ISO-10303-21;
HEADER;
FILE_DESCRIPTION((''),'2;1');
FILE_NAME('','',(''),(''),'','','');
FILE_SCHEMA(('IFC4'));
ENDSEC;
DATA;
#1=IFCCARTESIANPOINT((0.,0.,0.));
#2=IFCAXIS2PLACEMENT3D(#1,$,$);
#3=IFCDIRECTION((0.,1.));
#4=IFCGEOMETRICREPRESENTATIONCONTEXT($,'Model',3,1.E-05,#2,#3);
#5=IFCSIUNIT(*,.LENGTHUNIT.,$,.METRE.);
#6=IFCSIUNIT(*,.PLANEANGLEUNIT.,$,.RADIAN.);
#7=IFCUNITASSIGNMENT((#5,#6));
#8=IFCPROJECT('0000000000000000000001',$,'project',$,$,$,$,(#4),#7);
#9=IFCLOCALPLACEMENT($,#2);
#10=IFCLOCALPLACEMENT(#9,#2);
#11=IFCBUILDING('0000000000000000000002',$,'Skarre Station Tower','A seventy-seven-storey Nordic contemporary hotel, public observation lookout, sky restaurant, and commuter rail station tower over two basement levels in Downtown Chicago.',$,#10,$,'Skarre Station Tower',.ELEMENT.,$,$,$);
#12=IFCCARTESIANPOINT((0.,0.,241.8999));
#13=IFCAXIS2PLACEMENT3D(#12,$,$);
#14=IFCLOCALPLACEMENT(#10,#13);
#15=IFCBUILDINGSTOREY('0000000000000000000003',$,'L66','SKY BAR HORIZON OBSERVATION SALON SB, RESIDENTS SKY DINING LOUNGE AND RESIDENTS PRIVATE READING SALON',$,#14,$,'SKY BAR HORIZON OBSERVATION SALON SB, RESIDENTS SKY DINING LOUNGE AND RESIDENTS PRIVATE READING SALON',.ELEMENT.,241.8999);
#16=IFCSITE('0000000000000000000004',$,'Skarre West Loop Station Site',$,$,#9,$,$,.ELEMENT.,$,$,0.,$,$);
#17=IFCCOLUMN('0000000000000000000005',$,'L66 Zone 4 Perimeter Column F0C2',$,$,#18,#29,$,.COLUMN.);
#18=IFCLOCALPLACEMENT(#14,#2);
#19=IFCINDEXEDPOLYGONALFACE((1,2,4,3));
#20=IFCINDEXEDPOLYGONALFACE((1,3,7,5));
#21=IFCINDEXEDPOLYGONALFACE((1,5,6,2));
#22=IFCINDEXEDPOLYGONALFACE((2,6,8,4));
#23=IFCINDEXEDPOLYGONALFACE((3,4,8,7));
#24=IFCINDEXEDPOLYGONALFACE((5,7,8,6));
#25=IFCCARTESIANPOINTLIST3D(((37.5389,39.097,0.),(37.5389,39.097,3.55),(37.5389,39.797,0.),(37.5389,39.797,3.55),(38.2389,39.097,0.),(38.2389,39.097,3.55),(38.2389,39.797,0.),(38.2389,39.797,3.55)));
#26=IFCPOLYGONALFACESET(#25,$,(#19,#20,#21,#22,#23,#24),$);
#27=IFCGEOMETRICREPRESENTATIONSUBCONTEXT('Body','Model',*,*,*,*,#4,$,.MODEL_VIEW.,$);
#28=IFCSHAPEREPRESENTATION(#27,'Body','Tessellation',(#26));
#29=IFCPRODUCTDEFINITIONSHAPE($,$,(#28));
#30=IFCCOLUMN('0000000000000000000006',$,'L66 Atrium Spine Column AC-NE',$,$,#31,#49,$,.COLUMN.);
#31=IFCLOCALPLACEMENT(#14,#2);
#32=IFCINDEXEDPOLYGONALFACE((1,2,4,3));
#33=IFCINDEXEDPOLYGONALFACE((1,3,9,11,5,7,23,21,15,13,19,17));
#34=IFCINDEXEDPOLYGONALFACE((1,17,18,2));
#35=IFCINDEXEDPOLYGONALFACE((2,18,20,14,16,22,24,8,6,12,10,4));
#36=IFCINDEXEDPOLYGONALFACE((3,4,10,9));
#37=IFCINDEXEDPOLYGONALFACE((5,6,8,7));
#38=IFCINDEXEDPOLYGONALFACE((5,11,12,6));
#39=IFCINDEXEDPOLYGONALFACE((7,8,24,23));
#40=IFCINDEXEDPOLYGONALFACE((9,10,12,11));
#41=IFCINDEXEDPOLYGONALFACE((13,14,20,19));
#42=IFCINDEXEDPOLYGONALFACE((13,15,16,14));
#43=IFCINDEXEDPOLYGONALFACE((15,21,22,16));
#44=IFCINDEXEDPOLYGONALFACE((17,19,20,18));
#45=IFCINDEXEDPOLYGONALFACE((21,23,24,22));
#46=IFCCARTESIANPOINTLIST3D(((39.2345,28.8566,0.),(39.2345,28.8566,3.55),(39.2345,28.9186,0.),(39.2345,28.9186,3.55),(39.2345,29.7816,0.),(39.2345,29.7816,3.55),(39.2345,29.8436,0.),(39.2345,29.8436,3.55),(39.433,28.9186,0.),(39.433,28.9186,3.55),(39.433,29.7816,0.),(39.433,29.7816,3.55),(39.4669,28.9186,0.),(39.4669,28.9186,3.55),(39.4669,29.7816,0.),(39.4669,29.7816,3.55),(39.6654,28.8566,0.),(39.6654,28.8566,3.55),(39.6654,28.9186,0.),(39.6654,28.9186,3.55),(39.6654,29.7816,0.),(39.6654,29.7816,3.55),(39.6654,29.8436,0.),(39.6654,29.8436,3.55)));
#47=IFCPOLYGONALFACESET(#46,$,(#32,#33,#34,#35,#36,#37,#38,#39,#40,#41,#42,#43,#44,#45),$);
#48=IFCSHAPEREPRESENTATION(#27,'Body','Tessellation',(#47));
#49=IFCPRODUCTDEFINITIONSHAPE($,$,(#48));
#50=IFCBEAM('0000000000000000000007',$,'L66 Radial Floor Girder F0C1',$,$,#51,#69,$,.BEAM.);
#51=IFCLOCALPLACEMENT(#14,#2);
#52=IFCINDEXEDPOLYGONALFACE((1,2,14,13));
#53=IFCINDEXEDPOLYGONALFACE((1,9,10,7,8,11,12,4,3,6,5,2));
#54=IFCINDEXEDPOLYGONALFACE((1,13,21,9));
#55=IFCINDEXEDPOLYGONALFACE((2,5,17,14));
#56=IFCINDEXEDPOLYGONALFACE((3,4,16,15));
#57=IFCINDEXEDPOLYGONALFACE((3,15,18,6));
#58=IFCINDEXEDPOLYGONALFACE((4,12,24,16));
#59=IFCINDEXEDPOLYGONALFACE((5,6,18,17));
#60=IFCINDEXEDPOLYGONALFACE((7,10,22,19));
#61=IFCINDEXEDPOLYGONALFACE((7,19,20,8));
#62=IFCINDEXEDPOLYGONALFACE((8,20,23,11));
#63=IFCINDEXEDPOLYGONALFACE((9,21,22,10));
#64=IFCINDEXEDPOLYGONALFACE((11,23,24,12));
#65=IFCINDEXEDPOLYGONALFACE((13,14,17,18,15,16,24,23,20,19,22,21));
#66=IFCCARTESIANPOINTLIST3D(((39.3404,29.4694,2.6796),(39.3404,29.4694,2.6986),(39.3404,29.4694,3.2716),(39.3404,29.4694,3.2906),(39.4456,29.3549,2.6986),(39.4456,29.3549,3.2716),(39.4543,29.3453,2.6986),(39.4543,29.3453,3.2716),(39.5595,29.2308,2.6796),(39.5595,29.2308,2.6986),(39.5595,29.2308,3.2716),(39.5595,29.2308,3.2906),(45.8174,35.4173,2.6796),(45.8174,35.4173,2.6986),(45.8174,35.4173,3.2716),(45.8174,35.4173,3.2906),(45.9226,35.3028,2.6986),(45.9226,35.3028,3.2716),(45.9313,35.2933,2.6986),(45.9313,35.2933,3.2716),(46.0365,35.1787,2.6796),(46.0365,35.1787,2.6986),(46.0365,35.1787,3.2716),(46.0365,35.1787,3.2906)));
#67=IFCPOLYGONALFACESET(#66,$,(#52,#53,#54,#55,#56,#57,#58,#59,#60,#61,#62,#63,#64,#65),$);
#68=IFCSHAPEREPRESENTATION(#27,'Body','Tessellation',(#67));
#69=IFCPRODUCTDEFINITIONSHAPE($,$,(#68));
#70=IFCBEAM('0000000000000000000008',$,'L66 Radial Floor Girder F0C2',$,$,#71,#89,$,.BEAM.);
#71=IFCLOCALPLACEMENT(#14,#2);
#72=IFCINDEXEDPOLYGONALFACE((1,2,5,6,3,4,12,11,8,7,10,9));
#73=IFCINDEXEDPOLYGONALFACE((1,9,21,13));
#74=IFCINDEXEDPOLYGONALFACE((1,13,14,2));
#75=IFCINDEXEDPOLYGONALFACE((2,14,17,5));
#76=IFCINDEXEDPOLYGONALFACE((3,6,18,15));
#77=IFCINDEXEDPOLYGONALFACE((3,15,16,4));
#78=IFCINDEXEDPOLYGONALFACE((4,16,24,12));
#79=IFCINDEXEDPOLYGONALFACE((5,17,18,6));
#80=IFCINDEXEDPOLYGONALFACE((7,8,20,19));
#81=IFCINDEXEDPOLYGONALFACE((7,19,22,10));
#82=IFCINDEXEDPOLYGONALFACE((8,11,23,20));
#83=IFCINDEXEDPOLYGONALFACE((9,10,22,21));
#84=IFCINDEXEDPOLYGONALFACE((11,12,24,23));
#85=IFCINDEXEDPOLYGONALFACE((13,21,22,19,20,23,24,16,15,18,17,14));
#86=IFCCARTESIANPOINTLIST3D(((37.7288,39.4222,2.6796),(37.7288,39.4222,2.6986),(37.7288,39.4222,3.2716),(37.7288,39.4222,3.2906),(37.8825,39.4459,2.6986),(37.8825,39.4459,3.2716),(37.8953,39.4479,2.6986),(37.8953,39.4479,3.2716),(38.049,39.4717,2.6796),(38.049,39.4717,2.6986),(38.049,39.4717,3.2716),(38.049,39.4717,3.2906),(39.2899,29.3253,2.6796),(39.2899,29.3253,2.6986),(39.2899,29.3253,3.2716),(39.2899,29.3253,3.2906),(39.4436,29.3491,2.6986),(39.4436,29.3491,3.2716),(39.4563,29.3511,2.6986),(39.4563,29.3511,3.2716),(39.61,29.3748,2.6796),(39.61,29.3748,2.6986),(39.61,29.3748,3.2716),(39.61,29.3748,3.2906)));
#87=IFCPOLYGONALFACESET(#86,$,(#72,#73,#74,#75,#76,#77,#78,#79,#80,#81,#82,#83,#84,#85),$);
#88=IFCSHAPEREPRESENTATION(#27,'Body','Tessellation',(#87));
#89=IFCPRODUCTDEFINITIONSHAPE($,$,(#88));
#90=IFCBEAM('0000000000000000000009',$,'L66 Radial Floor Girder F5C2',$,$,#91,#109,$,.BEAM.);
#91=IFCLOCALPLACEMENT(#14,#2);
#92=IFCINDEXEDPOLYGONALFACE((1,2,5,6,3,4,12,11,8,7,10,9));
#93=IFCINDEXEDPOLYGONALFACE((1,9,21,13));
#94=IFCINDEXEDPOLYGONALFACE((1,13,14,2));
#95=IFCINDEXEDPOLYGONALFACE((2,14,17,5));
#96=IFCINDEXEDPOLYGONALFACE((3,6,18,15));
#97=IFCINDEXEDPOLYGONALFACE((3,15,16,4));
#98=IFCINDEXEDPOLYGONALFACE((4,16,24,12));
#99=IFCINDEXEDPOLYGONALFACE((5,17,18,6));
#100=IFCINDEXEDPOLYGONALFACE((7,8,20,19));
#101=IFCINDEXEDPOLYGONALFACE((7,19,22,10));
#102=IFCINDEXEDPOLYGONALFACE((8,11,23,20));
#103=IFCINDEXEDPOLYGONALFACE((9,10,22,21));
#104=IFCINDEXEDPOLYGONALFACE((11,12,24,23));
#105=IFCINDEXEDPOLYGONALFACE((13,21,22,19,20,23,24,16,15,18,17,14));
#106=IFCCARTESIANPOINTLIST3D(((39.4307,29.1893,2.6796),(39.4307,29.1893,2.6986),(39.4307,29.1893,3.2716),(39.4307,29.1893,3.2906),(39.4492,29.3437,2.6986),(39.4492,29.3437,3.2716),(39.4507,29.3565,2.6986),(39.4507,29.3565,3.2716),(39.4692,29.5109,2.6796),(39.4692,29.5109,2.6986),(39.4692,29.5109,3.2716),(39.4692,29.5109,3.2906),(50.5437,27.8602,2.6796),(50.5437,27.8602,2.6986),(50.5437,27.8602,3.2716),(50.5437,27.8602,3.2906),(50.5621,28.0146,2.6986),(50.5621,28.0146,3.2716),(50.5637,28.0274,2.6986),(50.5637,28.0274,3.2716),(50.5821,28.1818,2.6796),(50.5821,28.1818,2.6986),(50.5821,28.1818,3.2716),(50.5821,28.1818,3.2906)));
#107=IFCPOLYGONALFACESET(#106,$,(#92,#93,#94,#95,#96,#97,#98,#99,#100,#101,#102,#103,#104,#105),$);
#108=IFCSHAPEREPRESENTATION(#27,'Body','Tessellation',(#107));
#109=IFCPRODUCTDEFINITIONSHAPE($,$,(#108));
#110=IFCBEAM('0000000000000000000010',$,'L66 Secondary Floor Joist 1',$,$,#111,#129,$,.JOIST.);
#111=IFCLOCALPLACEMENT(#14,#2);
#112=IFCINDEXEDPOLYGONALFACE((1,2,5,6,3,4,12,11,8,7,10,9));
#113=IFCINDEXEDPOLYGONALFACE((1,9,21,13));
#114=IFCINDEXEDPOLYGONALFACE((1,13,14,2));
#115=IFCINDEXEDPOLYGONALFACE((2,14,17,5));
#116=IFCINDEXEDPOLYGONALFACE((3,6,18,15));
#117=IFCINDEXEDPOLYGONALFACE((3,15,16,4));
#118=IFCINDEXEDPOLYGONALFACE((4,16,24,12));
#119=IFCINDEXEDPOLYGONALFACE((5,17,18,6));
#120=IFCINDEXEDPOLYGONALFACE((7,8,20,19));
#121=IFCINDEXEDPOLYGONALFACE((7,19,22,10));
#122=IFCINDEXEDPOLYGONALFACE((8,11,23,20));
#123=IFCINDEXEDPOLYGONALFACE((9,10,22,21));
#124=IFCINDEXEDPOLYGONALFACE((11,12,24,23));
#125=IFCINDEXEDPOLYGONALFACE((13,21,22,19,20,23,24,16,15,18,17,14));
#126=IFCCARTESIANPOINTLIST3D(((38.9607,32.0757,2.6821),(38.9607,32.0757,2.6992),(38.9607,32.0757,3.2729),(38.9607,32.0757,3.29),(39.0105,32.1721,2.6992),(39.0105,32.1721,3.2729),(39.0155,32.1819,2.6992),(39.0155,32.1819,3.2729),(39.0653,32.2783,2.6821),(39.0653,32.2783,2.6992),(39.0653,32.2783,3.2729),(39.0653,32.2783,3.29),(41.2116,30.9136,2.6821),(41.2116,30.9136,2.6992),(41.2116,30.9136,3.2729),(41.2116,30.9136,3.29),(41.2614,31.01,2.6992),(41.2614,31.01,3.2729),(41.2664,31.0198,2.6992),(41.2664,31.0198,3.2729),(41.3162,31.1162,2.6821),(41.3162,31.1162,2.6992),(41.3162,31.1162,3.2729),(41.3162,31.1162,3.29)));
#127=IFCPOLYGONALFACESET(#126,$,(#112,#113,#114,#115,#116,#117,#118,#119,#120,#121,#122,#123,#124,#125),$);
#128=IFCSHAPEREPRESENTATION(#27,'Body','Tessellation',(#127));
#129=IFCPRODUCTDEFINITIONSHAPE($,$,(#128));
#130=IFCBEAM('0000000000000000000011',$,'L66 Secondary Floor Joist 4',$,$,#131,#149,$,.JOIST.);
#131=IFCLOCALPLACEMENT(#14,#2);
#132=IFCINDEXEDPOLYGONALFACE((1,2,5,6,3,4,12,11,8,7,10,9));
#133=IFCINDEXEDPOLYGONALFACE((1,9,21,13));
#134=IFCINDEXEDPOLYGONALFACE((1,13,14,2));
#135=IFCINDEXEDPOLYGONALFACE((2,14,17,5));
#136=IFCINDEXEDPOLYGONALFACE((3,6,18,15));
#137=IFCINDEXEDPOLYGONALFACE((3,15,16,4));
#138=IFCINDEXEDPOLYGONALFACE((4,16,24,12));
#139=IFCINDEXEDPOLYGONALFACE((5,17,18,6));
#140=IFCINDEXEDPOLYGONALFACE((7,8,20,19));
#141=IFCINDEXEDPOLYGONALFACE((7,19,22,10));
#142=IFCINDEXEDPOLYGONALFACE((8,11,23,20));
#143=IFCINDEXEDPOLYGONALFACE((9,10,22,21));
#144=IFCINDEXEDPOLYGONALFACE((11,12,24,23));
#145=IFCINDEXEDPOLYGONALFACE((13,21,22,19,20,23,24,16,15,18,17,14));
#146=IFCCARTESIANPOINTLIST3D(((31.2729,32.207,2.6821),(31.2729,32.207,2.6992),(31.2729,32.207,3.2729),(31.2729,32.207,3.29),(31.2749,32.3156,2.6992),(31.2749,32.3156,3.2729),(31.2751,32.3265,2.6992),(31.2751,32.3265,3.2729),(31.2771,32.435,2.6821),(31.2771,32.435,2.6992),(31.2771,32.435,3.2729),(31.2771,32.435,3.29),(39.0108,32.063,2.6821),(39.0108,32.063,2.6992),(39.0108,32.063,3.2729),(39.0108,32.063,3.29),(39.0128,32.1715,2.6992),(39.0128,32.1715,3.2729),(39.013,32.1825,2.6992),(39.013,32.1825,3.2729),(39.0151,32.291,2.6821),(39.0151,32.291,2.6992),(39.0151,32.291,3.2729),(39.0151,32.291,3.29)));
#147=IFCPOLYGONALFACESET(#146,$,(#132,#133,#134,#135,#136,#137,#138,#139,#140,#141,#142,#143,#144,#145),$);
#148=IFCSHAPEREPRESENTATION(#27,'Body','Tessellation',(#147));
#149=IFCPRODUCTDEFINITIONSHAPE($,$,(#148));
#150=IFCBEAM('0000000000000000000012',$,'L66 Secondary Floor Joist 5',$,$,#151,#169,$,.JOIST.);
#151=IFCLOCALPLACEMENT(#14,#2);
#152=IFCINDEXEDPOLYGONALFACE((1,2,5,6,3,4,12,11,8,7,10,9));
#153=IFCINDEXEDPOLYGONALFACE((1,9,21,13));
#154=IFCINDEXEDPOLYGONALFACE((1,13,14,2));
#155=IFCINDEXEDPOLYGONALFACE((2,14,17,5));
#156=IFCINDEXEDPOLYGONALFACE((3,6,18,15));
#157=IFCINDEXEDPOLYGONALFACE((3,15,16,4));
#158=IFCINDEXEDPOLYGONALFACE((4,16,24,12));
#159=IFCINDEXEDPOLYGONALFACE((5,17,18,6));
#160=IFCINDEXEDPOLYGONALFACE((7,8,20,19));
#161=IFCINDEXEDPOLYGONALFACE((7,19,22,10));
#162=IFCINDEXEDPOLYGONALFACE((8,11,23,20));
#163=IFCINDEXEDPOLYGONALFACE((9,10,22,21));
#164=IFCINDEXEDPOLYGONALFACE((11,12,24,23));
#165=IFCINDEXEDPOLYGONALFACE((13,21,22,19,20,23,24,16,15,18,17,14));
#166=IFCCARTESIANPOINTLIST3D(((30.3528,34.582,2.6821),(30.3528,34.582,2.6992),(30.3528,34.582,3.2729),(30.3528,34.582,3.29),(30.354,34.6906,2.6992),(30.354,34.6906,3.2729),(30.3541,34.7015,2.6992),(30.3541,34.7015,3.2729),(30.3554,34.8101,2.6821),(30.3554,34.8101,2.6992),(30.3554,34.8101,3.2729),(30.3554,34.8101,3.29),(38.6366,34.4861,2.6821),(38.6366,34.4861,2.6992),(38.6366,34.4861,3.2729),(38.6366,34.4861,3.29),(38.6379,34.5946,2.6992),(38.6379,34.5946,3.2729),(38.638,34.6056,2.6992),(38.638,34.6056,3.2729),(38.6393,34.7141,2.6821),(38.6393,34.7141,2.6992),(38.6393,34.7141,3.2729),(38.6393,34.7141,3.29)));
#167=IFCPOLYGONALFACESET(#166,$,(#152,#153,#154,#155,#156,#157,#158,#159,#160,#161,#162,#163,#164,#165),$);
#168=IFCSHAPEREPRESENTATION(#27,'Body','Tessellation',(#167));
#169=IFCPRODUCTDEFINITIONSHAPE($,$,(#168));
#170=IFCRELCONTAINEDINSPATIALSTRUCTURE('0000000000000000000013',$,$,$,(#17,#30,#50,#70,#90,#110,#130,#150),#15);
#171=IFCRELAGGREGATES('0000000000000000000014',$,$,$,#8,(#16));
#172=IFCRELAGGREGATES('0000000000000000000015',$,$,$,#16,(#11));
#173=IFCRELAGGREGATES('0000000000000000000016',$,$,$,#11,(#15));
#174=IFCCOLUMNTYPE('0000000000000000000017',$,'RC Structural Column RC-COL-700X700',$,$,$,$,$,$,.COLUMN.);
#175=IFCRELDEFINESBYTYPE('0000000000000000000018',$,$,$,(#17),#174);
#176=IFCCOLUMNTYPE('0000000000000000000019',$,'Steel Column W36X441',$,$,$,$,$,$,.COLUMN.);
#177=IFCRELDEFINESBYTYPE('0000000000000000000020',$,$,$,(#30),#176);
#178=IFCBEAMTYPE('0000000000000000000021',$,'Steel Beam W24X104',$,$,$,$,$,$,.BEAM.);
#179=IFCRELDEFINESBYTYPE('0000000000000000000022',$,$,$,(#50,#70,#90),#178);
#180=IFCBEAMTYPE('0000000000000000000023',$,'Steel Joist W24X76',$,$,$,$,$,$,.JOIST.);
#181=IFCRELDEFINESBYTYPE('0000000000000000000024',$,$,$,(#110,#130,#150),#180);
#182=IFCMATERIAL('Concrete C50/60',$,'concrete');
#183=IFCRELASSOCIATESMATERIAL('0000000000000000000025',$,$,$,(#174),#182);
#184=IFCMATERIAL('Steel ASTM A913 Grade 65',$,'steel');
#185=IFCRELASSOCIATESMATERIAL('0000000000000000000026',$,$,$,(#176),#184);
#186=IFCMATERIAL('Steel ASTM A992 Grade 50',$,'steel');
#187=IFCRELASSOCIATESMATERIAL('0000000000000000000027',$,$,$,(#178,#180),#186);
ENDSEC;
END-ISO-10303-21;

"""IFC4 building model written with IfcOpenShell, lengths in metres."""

from ifc_helpers import new_model, si_unit, direction, frame, origin, origin_2d, place, context, subcontext, project, spatial, rectangle, i_section, extrude, material, material_profile, profile_set, type_object, element, save


model = new_model("IFC4")

# Units and contexts
model_context = context("Model", 3, precision=1e-05, world=origin(), true_north=direction((0.0, 1.0)))
body_context = subcontext(model_context, "Body", "Model", "MODEL_VIEW")
ifc_project = project(units=[si_unit("LENGTHUNIT", "METRE"), si_unit("PLANEANGLEUNIT", "RADIAN")], contexts=[model_context])

# Site, building, storey
site_placement = place(None, origin())
site = spatial("IfcSite", under=ifc_project, at=site_placement, Name="Skarre West Loop Station Site", CompositionType="ELEMENT", RefElevation=0.0)
building_placement = place(site_placement, origin())
building = spatial("IfcBuilding", under=site, at=building_placement, Name="Skarre Station Tower", Description="A seventy-seven-storey Nordic contemporary hotel, public observation lookout, sky restaurant, and commuter rail station tower over two basement levels in Downtown Chicago.", LongName="Skarre Station Tower", CompositionType="ELEMENT")
storey_placement = place(building_placement, frame((0.0, 0.0, 241.8999)))
storey = spatial("IfcBuildingStorey", under=building, at=storey_placement, Name="L66", Description="SKY BAR HORIZON OBSERVATION SALON SB, RESIDENTS SKY DINING LOUNGE AND RESIDENTS PRIVATE READING SALON", LongName="SKY BAR HORIZON OBSERVATION SALON SB, RESIDENTS SKY DINING LOUNGE AND RESIDENTS PRIVATE READING SALON", CompositionType="ELEMENT", Elevation=241.8999)

# Columns
ifc_material_1 = material(Name="Concrete C50/60", Category="concrete")
ifc_material_profile_1 = material_profile(ifc_material_1, rectangle(XDim=0.7, YDim=0.7, at=origin_2d()), Name="Concrete C50/60")
ifc_profile_set_1 = profile_set([ifc_material_profile_1], Name="Concrete C50/60")
column_type_1 = type_object("IfcColumnType", Name="RC Structural Column RC-COL-700X700", PredefinedType="COLUMN", material=ifc_profile_set_1)
column_1_placement = place(storey_placement, frame((37.8889, 39.447, 0.0), z_axis=(0.0, 0.0, 1.0), x_axis=(1.0, 0.0, 0.0)))
element("IfcColumn", 1, at=column_1_placement, inside=storey, type_object=column_type_1, Name="L66 Zone 4 Perimeter Column F0C2", PredefinedType="COLUMN", context=body_context, shape_type="SweptSolid", body=[
    extrude(rectangle(XDim=0.7, YDim=0.7, at=origin_2d()), origin(), (0.0, 0.0, 1.0), 3.55),
])
ifc_material_2 = material(Name="Steel ASTM A913 Grade 65", Category="steel")
ifc_material_profile_2 = material_profile(ifc_material_2, i_section(OverallWidth=0.4309, OverallDepth=0.9871, WebThickness=0.0339, FlangeThickness=0.062, at=origin_2d()), Name="Steel ASTM A913 Grade 65")
ifc_profile_set_2 = profile_set([ifc_material_profile_2], Name="Steel ASTM A913 Grade 65")
column_type_2 = type_object("IfcColumnType", Name="Steel Column W36X441", PredefinedType="COLUMN", material=ifc_profile_set_2)
column_2_placement = place(storey_placement, frame((39.45, 29.3501, 0.0), z_axis=(0.0, 0.0, 1.0), x_axis=(1.0, 0.0, 0.0)))
element("IfcColumn", 2, at=column_2_placement, inside=storey, type_object=column_type_2, Name="L66 Atrium Spine Column AC-NE", PredefinedType="COLUMN", context=body_context, shape_type="SweptSolid", body=[
    extrude(i_section(OverallWidth=0.4309, OverallDepth=0.9871, WebThickness=0.0339, FlangeThickness=0.062, at=origin_2d()), origin(), (0.0, 0.0, 1.0), 3.55),
])

# Beams
ifc_material_3 = material(Name="Steel ASTM A992 Grade 50", Category="steel")
ifc_material_profile_3 = material_profile(ifc_material_3, i_section(OverallWidth=0.324, OverallDepth=0.6111, WebThickness=0.0129, FlangeThickness=0.019, at=origin_2d()), Name="Steel ASTM A992 Grade 50")
ifc_profile_set_3 = profile_set([ifc_material_profile_3], Name="Steel ASTM A992 Grade 50")
beam_type_1 = type_object("IfcBeamType", Name="Steel Beam W24X104", PredefinedType="BEAM", material=ifc_profile_set_3)
beam_1_placement = place(storey_placement, frame((39.45, 29.3501, 2.9851), z_axis=(0.736548, 0.676386, 0.0), x_axis=(-0.676386, 0.736548, 0.0)))
element("IfcBeam", 3, at=beam_1_placement, inside=storey, type_object=beam_type_1, Name="L66 Radial Floor Girder F0C1", PredefinedType="BEAM", context=body_context, shape_type="SweptSolid", body=[
    extrude(i_section(OverallWidth=0.324, OverallDepth=0.6111, WebThickness=0.0129, FlangeThickness=0.019, at=origin_2d()), origin(), (0.0, 0.0, 1.0), 8.7937),
])
beam_2_placement = place(storey_placement, frame((39.45, 29.3501, 2.9851), z_axis=(-0.15279, 0.988259, 0.0), x_axis=(-0.988259, -0.15279, 0.0)))
element("IfcBeam", 4, at=beam_2_placement, inside=storey, type_object=beam_type_1, Name="L66 Radial Floor Girder F0C2", PredefinedType="BEAM", context=body_context, shape_type="SweptSolid", body=[
    extrude(i_section(OverallWidth=0.324, OverallDepth=0.6111, WebThickness=0.0129, FlangeThickness=0.019, at=origin_2d()), origin(), (0.0, 0.0, 1.0), 10.2168),
])
beam_3_placement = place(storey_placement, frame((39.45, 29.3501, 2.9851), z_axis=(0.992924, -0.118752, 0.0), x_axis=(0.118752, 0.992924, 0.0)))
element("IfcBeam", 5, at=beam_3_placement, inside=storey, type_object=beam_type_1, Name="L66 Radial Floor Girder F5C2", PredefinedType="BEAM", context=body_context, shape_type="SweptSolid", body=[
    extrude(i_section(OverallWidth=0.324, OverallDepth=0.6111, WebThickness=0.0129, FlangeThickness=0.019, at=origin_2d()), origin(), (0.0, 0.0, 1.0), 11.1921),
])
ifc_material_profile_4 = material_profile(ifc_material_3, i_section(OverallWidth=0.228, OverallDepth=0.6079, WebThickness=0.011, FlangeThickness=0.0171, at=origin_2d()), Name="Steel ASTM A992 Grade 50")
ifc_profile_set_4 = profile_set([ifc_material_profile_4], Name="Steel ASTM A992 Grade 50")
beam_type_2 = type_object("IfcBeamType", Name="Steel Joist W24X76", PredefinedType="JOIST", material=ifc_profile_set_4)
beam_4_placement = place(storey_placement, frame((41.2639, 31.0149, 2.9861), z_axis=(-0.88857, 0.458741, 0.0), x_axis=(-0.458741, -0.88857, 0.0)))
element("IfcBeam", 6, at=beam_4_placement, inside=storey, type_object=beam_type_2, Name="L66 Secondary Floor Joist 1", PredefinedType="JOIST", context=body_context, shape_type="SweptSolid", body=[
    extrude(i_section(OverallWidth=0.228, OverallDepth=0.6079, WebThickness=0.011, FlangeThickness=0.0171, at=origin_2d()), origin(), (0.0, 0.0, 1.0), 2.5332),
])
beam_5_placement = place(storey_placement, frame((39.0129, 32.177, 2.9861), z_axis=(-0.999827, 0.018612, 0.0), x_axis=(-0.018612, -0.999827, 0.0)))
element("IfcBeam", 7, at=beam_5_placement, inside=storey, type_object=beam_type_2, Name="L66 Secondary Floor Joist 4", PredefinedType="JOIST", context=body_context, shape_type="SweptSolid", body=[
    extrude(i_section(OverallWidth=0.228, OverallDepth=0.6079, WebThickness=0.011, FlangeThickness=0.0171, at=origin_2d()), origin(), (0.0, 0.0, 1.0), 7.7393),
])
beam_6_placement = place(storey_placement, frame((38.6379, 34.6001, 2.9861), z_axis=(-0.999933, 0.011582, 0.0), x_axis=(-0.011582, -0.999933, 0.0)))
element("IfcBeam", 8, at=beam_6_placement, inside=storey, type_object=beam_type_2, Name="L66 Secondary Floor Joist 5", PredefinedType="JOIST", context=body_context, shape_type="SweptSolid", body=[
    extrude(i_section(OverallWidth=0.228, OverallDepth=0.6079, WebThickness=0.011, FlangeThickness=0.0171, at=origin_2d()), origin(), (0.0, 0.0, 1.0), 8.2844),
])

save(model, "model.ifc")
